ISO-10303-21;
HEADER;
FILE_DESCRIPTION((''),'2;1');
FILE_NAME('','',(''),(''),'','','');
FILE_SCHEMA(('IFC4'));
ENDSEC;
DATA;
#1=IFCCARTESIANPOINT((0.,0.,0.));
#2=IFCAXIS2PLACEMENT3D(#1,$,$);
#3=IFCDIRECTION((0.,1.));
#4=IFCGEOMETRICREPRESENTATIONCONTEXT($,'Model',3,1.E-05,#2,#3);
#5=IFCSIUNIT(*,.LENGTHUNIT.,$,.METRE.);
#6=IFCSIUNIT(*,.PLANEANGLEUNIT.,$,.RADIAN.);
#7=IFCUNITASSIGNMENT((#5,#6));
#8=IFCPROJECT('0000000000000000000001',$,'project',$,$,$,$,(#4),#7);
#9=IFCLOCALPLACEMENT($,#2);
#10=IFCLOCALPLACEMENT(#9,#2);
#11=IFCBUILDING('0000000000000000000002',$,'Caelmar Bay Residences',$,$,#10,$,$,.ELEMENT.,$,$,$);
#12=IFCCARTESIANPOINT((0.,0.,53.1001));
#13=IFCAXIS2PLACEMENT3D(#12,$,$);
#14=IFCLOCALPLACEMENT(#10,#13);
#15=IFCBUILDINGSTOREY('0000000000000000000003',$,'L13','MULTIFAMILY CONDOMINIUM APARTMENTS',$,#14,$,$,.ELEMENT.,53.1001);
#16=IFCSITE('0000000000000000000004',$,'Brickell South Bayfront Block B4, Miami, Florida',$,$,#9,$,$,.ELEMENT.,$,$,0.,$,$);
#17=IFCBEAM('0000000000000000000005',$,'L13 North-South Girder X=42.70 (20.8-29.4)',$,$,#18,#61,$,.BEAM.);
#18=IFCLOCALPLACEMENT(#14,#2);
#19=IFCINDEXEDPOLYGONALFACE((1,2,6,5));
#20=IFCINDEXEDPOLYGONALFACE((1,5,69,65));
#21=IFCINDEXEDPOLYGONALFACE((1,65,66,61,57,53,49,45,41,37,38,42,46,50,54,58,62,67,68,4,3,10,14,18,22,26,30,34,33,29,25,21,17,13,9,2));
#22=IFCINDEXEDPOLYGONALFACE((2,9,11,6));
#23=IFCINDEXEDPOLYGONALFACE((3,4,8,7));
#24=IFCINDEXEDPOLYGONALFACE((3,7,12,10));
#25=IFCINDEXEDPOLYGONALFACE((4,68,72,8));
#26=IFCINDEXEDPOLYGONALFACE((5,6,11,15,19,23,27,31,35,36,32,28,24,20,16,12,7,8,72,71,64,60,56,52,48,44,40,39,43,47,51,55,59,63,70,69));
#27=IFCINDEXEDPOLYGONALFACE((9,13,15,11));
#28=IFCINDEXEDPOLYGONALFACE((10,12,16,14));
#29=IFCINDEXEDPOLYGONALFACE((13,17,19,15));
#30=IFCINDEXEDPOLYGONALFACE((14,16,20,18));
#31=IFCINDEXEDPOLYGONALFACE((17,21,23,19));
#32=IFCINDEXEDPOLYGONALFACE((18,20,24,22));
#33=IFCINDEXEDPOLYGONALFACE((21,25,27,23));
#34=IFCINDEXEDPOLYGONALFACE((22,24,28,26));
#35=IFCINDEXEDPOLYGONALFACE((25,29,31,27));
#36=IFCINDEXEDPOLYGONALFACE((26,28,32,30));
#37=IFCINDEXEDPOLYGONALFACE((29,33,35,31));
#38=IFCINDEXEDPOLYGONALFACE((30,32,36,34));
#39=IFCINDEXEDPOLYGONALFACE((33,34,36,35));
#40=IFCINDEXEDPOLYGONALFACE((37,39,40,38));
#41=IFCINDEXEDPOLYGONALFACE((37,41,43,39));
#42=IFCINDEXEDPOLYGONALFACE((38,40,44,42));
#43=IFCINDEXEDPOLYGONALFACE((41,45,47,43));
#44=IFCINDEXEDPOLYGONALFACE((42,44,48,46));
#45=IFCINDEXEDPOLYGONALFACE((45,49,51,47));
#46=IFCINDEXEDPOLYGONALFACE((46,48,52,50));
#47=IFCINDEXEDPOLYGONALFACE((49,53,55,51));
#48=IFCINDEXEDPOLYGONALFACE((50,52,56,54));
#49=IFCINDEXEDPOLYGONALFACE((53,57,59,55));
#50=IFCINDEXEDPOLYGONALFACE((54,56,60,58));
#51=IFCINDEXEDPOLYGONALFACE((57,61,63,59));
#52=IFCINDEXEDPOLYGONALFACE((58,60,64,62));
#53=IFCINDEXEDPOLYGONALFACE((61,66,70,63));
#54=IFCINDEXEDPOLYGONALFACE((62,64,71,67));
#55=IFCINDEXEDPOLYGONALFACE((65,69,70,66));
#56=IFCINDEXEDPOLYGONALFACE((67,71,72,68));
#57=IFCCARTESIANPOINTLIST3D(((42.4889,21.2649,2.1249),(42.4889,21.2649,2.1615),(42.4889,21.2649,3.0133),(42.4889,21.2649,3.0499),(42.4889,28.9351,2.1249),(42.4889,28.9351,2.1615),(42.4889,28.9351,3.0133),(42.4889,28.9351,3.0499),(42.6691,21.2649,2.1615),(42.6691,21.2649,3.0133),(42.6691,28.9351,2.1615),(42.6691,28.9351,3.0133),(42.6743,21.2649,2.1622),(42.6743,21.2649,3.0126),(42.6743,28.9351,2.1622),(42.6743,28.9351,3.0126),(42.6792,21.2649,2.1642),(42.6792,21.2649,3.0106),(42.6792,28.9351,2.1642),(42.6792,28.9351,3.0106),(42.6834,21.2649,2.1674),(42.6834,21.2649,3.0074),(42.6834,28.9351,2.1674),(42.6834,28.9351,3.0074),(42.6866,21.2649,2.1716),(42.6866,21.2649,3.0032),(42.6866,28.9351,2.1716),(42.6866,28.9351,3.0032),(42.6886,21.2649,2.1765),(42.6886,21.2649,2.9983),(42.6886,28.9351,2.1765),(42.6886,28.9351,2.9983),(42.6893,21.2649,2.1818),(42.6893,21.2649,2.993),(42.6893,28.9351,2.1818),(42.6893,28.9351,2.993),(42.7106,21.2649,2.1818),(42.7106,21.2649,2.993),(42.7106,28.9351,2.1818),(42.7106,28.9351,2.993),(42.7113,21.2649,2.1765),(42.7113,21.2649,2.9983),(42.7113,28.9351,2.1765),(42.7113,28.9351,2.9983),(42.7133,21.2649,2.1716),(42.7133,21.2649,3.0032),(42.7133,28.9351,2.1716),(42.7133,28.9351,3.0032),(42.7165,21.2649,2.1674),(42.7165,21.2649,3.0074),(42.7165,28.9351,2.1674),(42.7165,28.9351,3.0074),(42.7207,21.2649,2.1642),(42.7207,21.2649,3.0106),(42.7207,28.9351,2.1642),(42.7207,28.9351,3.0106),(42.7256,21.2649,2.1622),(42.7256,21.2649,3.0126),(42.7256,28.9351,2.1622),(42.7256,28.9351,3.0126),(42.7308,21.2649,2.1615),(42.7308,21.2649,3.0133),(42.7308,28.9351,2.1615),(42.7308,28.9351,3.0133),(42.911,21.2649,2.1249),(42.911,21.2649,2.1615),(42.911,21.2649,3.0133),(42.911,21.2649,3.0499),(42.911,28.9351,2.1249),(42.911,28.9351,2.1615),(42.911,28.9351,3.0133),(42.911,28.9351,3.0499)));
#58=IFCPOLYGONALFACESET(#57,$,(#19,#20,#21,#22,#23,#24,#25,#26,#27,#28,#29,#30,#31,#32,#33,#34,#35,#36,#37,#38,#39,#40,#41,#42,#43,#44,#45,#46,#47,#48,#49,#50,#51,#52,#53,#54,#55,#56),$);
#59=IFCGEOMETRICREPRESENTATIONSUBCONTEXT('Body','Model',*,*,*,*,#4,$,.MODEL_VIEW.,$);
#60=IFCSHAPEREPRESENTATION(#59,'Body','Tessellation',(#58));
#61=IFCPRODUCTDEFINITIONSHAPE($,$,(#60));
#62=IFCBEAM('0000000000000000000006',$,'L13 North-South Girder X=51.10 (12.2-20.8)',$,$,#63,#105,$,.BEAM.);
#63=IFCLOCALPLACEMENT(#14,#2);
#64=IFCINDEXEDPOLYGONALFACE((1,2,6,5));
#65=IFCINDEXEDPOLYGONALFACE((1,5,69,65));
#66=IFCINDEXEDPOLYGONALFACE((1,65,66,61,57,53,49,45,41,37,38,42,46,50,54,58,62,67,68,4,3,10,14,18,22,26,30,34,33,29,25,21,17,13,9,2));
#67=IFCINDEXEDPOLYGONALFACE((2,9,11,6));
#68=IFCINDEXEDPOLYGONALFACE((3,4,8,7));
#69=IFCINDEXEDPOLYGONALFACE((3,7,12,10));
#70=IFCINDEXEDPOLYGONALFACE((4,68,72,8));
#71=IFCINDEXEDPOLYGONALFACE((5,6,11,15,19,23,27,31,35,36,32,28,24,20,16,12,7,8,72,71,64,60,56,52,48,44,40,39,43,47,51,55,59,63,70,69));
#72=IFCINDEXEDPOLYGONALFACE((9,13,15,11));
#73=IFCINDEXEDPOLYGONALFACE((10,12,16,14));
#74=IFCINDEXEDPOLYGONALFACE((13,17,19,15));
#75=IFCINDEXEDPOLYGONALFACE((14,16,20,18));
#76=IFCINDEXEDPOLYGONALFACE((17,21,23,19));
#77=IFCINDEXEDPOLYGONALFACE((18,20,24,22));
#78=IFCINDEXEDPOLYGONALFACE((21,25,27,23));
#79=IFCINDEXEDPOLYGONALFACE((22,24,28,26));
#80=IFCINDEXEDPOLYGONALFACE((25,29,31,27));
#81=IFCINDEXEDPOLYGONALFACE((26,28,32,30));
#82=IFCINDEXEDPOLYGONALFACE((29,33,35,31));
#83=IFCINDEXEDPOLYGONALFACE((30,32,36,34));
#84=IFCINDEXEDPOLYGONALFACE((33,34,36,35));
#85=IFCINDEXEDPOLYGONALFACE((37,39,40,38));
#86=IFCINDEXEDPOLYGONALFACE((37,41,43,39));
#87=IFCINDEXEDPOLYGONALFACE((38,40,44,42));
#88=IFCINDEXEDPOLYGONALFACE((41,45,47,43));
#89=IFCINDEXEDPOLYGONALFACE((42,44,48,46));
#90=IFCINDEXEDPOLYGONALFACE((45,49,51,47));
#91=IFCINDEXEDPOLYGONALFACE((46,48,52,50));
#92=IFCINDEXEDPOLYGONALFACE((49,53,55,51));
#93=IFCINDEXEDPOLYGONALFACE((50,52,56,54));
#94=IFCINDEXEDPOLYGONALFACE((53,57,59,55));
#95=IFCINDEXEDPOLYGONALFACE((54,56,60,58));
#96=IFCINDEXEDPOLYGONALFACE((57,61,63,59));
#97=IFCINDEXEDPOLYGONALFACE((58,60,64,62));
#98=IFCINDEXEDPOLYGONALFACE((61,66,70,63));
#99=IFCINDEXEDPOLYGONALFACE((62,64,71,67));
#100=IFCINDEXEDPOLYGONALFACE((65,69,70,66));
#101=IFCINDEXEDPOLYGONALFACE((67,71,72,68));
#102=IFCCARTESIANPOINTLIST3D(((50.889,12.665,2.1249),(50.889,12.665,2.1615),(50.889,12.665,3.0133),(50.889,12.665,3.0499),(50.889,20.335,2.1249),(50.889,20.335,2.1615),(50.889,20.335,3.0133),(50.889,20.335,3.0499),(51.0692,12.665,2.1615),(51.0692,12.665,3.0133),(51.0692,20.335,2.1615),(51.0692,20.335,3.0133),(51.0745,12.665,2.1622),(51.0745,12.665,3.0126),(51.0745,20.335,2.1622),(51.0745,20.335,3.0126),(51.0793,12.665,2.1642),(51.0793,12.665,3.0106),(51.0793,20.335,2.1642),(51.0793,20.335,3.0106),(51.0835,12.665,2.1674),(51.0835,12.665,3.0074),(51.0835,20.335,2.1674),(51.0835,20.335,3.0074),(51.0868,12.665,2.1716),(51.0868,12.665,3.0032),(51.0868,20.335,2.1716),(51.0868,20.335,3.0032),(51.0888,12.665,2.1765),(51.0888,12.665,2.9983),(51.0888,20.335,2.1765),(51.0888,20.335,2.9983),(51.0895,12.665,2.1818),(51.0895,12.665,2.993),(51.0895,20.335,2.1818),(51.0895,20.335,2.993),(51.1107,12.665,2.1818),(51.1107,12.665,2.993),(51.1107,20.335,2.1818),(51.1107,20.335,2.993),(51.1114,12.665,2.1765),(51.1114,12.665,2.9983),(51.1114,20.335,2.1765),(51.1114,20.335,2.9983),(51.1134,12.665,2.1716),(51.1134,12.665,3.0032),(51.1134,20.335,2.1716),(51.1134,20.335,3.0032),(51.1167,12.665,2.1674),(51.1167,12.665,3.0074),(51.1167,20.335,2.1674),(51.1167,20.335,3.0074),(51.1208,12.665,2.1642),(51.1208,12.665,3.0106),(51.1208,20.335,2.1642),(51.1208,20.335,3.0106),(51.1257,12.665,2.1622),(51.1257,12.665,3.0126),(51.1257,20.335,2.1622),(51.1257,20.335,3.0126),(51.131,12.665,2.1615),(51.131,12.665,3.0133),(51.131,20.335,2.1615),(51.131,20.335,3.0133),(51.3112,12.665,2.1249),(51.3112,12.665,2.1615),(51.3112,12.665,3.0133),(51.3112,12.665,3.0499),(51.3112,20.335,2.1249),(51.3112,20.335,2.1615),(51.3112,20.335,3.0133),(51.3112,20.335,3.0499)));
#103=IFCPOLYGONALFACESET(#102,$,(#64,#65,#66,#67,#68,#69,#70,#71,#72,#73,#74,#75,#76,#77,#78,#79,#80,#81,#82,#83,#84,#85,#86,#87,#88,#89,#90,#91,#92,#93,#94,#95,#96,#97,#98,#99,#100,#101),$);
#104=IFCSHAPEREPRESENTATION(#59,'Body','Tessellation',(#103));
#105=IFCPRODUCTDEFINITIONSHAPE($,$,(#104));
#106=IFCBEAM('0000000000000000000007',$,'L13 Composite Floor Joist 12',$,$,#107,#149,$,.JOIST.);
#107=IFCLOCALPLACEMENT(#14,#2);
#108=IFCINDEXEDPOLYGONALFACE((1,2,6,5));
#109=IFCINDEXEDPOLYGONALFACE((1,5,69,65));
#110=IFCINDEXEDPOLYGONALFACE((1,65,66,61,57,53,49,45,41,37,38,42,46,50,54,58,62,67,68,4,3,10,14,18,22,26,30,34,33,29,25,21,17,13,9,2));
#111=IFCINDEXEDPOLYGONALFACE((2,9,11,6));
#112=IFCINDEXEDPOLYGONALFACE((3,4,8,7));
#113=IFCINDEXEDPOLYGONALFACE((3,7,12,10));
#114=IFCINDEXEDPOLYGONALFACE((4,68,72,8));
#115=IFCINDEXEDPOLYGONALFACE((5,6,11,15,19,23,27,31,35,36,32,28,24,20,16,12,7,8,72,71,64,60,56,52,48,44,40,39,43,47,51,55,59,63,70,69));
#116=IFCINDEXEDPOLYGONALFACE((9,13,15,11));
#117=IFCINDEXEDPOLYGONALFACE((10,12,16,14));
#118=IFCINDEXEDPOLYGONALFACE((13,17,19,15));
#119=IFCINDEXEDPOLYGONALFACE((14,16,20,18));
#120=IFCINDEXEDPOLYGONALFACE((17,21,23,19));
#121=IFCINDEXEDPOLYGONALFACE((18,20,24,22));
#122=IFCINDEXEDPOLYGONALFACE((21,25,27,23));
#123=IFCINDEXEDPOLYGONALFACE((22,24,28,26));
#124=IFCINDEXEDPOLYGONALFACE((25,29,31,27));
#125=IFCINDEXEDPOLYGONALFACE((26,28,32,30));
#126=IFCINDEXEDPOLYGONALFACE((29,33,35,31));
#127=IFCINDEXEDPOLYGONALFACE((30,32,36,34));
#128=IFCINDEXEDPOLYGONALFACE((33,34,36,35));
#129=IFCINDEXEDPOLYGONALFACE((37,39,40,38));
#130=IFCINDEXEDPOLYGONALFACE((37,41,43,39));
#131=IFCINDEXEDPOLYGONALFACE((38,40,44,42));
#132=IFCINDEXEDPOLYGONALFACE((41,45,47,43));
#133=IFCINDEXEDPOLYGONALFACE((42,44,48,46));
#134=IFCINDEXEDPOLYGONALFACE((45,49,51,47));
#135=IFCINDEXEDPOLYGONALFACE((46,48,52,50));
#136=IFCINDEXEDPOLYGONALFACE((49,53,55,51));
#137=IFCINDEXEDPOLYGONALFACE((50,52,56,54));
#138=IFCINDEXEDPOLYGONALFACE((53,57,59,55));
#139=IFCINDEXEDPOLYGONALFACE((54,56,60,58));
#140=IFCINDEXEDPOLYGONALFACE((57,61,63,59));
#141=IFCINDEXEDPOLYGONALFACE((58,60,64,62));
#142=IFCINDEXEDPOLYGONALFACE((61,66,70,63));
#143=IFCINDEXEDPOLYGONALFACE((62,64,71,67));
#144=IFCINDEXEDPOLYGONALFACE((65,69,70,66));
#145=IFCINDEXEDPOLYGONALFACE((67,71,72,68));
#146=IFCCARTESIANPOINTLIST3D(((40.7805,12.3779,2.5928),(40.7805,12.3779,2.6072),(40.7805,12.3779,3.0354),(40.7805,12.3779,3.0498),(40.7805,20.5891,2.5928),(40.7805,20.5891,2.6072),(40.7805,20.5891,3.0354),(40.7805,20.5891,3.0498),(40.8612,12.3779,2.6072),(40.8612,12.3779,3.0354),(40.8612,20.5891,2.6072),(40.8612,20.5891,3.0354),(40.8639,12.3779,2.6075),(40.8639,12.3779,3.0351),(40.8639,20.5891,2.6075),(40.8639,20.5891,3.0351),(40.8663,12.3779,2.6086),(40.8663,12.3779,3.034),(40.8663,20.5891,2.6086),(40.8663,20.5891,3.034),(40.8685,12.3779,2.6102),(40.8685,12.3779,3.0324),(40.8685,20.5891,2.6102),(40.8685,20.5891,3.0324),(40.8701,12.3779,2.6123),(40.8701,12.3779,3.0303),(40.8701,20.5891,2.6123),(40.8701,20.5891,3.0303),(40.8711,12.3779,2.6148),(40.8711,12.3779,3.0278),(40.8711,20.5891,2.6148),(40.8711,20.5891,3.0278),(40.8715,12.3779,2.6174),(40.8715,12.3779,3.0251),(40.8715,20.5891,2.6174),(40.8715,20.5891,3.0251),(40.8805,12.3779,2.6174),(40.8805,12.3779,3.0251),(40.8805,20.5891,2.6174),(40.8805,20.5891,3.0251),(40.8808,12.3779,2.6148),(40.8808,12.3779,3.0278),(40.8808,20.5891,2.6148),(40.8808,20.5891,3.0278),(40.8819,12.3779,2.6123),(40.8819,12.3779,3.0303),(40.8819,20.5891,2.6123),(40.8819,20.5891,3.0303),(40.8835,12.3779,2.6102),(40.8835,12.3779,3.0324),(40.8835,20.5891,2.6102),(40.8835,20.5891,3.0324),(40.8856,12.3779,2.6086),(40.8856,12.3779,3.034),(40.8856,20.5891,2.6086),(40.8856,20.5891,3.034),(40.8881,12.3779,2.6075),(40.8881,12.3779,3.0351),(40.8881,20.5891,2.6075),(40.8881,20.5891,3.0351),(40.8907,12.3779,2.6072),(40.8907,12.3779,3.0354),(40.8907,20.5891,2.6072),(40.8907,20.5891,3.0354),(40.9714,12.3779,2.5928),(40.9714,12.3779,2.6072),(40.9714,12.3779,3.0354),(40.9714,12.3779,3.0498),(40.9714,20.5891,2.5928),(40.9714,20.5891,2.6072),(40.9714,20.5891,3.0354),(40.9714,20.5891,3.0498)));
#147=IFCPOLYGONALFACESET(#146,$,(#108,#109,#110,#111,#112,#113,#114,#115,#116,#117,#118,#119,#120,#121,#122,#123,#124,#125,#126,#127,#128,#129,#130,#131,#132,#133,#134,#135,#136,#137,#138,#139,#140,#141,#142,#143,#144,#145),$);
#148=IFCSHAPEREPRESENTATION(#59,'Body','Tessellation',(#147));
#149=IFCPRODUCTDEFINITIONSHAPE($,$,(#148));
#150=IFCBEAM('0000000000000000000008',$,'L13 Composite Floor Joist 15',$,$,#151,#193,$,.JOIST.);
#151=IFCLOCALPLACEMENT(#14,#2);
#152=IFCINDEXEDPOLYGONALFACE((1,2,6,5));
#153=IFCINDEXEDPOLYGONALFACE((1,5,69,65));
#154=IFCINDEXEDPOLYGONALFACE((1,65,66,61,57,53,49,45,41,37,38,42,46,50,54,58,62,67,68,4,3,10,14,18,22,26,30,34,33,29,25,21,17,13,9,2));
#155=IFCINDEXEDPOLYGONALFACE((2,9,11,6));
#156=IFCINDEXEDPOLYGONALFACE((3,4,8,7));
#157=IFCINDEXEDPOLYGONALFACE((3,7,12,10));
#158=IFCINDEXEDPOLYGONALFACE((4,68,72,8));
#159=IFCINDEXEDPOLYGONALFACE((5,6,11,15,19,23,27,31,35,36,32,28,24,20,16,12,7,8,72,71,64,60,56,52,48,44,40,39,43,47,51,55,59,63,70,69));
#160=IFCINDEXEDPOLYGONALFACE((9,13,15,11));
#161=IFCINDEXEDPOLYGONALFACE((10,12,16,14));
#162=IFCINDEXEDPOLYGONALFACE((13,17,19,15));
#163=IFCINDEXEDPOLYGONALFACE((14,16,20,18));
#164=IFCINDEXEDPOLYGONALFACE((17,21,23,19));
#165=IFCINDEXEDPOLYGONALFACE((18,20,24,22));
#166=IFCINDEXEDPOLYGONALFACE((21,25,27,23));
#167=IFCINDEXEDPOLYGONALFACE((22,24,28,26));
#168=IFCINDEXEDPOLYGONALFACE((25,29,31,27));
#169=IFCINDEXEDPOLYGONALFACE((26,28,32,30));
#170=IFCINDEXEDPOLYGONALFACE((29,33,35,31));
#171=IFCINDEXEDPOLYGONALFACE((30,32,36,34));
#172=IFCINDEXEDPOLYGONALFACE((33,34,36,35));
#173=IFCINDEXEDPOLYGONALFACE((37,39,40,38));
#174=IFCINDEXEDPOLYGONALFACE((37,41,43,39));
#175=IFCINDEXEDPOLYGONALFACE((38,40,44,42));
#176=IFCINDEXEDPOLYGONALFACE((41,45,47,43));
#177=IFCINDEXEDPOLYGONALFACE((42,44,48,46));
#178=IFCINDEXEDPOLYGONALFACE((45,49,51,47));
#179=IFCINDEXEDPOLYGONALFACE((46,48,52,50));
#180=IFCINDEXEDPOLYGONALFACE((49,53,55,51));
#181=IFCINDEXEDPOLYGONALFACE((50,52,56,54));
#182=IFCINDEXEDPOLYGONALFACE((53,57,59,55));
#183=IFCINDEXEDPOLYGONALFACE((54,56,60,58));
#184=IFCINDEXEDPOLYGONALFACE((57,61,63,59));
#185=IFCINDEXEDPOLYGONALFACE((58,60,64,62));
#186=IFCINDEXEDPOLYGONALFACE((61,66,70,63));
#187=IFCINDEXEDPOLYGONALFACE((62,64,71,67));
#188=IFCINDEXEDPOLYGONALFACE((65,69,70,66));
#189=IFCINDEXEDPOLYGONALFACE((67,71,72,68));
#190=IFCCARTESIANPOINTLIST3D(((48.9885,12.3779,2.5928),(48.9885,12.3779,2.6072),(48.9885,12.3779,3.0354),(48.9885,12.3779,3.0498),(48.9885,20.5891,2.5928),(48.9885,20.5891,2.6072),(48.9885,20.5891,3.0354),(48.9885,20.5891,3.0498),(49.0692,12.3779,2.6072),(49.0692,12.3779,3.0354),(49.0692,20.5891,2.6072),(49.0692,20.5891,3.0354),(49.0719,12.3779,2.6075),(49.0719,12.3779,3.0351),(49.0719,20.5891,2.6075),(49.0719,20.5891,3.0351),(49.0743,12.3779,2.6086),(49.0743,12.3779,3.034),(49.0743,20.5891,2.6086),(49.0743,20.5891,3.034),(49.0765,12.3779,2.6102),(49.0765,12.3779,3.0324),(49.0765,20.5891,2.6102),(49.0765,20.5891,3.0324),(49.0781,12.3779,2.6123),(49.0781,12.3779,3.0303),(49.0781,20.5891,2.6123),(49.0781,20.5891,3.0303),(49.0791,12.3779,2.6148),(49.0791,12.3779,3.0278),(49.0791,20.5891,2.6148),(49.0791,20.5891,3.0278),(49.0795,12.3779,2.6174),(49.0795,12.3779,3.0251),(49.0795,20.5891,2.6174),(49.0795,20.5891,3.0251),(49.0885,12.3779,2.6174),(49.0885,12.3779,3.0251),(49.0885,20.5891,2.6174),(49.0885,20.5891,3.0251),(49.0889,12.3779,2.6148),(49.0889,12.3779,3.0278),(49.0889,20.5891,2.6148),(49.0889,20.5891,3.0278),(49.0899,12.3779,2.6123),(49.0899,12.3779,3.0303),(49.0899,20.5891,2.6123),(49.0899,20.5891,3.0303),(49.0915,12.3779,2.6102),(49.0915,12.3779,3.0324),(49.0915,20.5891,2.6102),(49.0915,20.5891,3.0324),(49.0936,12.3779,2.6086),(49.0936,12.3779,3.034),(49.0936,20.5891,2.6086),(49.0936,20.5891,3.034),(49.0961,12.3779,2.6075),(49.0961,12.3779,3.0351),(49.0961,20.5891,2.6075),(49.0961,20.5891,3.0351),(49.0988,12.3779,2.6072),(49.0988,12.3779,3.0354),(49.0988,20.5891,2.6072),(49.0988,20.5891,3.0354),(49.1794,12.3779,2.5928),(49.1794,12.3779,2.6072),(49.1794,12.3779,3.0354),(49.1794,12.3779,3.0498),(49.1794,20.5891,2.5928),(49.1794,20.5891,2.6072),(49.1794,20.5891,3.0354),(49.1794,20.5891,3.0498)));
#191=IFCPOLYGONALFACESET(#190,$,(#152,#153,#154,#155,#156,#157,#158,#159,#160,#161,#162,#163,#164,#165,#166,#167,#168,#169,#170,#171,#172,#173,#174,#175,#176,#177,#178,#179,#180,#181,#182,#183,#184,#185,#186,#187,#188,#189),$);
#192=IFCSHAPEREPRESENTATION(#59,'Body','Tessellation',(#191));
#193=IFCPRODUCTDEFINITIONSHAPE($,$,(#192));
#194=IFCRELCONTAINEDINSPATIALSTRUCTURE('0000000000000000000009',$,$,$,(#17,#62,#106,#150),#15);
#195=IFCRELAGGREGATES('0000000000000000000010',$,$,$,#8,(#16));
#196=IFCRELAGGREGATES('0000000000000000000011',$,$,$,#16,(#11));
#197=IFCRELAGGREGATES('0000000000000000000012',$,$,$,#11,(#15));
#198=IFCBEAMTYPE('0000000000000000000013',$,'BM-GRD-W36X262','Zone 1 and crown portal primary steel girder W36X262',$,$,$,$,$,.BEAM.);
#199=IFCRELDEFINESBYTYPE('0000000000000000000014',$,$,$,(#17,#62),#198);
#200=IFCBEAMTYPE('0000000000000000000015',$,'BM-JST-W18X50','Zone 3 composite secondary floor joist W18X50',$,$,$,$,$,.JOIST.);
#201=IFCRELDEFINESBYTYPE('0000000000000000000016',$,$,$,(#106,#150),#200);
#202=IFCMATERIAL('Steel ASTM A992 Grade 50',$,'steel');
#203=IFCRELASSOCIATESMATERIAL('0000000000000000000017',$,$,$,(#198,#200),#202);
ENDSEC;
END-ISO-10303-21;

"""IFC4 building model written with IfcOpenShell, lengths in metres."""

from ifc_helpers import new_model, si_unit, direction, frame, origin, origin_2d, place, context, subcontext, project, spatial, i_section, extrude, material, material_profile, profile_set, type_object, element, save


model = new_model("IFC4")

# Units and contexts
model_context = context("Model", 3, precision=1e-05, world=origin(), true_north=direction((0.0, 1.0)))
body_context = subcontext(model_context, "Body", "Model", "MODEL_VIEW")
ifc_project = project(units=[si_unit("LENGTHUNIT", "METRE"), si_unit("PLANEANGLEUNIT", "RADIAN")], contexts=[model_context])

# Site, building, storey
site_placement = place(None, origin())
site = spatial("IfcSite", under=ifc_project, at=site_placement, Name="Brickell South Bayfront Block B4, Miami, Florida", CompositionType="ELEMENT", RefElevation=0.0)
building_placement = place(site_placement, origin())
building = spatial("IfcBuilding", under=site, at=building_placement, Name="Caelmar Bay Residences", CompositionType="ELEMENT")
storey_placement = place(building_placement, frame((0.0, 0.0, 53.1001)))
storey = spatial("IfcBuildingStorey", under=building, at=storey_placement, Name="L13", Description="MULTIFAMILY CONDOMINIUM APARTMENTS", CompositionType="ELEMENT", Elevation=53.1001)

# Beams
ifc_material_1 = material(Name="Steel ASTM A992 Grade 50", Category="steel")
ifc_material_profile_1 = material_profile(ifc_material_1, i_section(OverallWidth=0.4221, OverallDepth=0.925, WebThickness=0.0212, FlangeThickness=0.0366, FilletRadius=0.0203, at=origin_2d()), Name="W36X262")
ifc_profile_set_1 = profile_set([ifc_material_profile_1], Name="Steel ASTM A992 Grade 50")
beam_type_1 = type_object("IfcBeamType", Name="BM-GRD-W36X262", Description="Zone 1 and crown portal primary steel girder W36X262", PredefinedType="BEAM", material=ifc_profile_set_1)
beam_1_placement = place(storey_placement, frame((42.7, 21.2649, 2.5874), z_axis=(0.0, 1.0, 0.0), x_axis=(-1.0, 0.0, 0.0)))
element("IfcBeam", 1, at=beam_1_placement, inside=storey, type_object=beam_type_1, Name="L13 North-South Girder X=42.70 (20.8-29.4)", PredefinedType="BEAM", context=body_context, shape_type="SweptSolid", body=[
    extrude(i_section(OverallWidth=0.4221, OverallDepth=0.925, WebThickness=0.0212, FlangeThickness=0.0366, FilletRadius=0.0203, at=origin_2d()), origin(), (0.0, 0.0, 1.0), 7.6702),
])
beam_2_placement = place(storey_placement, frame((51.1001, 12.665, 2.5874), z_axis=(0.0, 1.0, 0.0), x_axis=(-1.0, 0.0, 0.0)))
element("IfcBeam", 2, at=beam_2_placement, inside=storey, type_object=beam_type_1, Name="L13 North-South Girder X=51.10 (12.2-20.8)", PredefinedType="BEAM", context=body_context, shape_type="SweptSolid", body=[
    extrude(i_section(OverallWidth=0.4221, OverallDepth=0.925, WebThickness=0.0212, FlangeThickness=0.0366, FilletRadius=0.0203, at=origin_2d()), origin(), (0.0, 0.0, 1.0), 7.6699),
])
ifc_material_profile_2 = material_profile(ifc_material_1, i_section(OverallWidth=0.1909, OverallDepth=0.457, WebThickness=0.009, FlangeThickness=0.0144, FilletRadius=0.0103, at=origin_2d()), Name="W18X50")
ifc_profile_set_2 = profile_set([ifc_material_profile_2], Name="Steel ASTM A992 Grade 50")
beam_type_2 = type_object("IfcBeamType", Name="BM-JST-W18X50", Description="Zone 3 composite secondary floor joist W18X50", PredefinedType="JOIST", material=ifc_profile_set_2)
for number, where, z_axis, x_axis, name in (
    (3, (40.876, 12.3779, 2.8213), (0.0, 1.0, 0.0), (-1.0, 0.0, 0.0), "L13 Composite Floor Joist 12"),
    (4, (49.084, 12.3779, 2.8213), (0.0, 1.0, 0.0), (-1.0, 0.0, 0.0), "L13 Composite Floor Joist 15"),
):
    element("IfcBeam", number, at=place(storey_placement, frame(where, z_axis=z_axis, x_axis=x_axis)), inside=storey, type_object=beam_type_2, Name=name, PredefinedType="JOIST", context=body_context, shape_type="SweptSolid", body=[
        extrude(i_section(OverallWidth=0.1909, OverallDepth=0.457, WebThickness=0.009, FlangeThickness=0.0144, FilletRadius=0.0103, at=origin_2d()), origin(), (0.0, 0.0, 1.0), 8.2112),
    ])

save(model, "model.ifc")
